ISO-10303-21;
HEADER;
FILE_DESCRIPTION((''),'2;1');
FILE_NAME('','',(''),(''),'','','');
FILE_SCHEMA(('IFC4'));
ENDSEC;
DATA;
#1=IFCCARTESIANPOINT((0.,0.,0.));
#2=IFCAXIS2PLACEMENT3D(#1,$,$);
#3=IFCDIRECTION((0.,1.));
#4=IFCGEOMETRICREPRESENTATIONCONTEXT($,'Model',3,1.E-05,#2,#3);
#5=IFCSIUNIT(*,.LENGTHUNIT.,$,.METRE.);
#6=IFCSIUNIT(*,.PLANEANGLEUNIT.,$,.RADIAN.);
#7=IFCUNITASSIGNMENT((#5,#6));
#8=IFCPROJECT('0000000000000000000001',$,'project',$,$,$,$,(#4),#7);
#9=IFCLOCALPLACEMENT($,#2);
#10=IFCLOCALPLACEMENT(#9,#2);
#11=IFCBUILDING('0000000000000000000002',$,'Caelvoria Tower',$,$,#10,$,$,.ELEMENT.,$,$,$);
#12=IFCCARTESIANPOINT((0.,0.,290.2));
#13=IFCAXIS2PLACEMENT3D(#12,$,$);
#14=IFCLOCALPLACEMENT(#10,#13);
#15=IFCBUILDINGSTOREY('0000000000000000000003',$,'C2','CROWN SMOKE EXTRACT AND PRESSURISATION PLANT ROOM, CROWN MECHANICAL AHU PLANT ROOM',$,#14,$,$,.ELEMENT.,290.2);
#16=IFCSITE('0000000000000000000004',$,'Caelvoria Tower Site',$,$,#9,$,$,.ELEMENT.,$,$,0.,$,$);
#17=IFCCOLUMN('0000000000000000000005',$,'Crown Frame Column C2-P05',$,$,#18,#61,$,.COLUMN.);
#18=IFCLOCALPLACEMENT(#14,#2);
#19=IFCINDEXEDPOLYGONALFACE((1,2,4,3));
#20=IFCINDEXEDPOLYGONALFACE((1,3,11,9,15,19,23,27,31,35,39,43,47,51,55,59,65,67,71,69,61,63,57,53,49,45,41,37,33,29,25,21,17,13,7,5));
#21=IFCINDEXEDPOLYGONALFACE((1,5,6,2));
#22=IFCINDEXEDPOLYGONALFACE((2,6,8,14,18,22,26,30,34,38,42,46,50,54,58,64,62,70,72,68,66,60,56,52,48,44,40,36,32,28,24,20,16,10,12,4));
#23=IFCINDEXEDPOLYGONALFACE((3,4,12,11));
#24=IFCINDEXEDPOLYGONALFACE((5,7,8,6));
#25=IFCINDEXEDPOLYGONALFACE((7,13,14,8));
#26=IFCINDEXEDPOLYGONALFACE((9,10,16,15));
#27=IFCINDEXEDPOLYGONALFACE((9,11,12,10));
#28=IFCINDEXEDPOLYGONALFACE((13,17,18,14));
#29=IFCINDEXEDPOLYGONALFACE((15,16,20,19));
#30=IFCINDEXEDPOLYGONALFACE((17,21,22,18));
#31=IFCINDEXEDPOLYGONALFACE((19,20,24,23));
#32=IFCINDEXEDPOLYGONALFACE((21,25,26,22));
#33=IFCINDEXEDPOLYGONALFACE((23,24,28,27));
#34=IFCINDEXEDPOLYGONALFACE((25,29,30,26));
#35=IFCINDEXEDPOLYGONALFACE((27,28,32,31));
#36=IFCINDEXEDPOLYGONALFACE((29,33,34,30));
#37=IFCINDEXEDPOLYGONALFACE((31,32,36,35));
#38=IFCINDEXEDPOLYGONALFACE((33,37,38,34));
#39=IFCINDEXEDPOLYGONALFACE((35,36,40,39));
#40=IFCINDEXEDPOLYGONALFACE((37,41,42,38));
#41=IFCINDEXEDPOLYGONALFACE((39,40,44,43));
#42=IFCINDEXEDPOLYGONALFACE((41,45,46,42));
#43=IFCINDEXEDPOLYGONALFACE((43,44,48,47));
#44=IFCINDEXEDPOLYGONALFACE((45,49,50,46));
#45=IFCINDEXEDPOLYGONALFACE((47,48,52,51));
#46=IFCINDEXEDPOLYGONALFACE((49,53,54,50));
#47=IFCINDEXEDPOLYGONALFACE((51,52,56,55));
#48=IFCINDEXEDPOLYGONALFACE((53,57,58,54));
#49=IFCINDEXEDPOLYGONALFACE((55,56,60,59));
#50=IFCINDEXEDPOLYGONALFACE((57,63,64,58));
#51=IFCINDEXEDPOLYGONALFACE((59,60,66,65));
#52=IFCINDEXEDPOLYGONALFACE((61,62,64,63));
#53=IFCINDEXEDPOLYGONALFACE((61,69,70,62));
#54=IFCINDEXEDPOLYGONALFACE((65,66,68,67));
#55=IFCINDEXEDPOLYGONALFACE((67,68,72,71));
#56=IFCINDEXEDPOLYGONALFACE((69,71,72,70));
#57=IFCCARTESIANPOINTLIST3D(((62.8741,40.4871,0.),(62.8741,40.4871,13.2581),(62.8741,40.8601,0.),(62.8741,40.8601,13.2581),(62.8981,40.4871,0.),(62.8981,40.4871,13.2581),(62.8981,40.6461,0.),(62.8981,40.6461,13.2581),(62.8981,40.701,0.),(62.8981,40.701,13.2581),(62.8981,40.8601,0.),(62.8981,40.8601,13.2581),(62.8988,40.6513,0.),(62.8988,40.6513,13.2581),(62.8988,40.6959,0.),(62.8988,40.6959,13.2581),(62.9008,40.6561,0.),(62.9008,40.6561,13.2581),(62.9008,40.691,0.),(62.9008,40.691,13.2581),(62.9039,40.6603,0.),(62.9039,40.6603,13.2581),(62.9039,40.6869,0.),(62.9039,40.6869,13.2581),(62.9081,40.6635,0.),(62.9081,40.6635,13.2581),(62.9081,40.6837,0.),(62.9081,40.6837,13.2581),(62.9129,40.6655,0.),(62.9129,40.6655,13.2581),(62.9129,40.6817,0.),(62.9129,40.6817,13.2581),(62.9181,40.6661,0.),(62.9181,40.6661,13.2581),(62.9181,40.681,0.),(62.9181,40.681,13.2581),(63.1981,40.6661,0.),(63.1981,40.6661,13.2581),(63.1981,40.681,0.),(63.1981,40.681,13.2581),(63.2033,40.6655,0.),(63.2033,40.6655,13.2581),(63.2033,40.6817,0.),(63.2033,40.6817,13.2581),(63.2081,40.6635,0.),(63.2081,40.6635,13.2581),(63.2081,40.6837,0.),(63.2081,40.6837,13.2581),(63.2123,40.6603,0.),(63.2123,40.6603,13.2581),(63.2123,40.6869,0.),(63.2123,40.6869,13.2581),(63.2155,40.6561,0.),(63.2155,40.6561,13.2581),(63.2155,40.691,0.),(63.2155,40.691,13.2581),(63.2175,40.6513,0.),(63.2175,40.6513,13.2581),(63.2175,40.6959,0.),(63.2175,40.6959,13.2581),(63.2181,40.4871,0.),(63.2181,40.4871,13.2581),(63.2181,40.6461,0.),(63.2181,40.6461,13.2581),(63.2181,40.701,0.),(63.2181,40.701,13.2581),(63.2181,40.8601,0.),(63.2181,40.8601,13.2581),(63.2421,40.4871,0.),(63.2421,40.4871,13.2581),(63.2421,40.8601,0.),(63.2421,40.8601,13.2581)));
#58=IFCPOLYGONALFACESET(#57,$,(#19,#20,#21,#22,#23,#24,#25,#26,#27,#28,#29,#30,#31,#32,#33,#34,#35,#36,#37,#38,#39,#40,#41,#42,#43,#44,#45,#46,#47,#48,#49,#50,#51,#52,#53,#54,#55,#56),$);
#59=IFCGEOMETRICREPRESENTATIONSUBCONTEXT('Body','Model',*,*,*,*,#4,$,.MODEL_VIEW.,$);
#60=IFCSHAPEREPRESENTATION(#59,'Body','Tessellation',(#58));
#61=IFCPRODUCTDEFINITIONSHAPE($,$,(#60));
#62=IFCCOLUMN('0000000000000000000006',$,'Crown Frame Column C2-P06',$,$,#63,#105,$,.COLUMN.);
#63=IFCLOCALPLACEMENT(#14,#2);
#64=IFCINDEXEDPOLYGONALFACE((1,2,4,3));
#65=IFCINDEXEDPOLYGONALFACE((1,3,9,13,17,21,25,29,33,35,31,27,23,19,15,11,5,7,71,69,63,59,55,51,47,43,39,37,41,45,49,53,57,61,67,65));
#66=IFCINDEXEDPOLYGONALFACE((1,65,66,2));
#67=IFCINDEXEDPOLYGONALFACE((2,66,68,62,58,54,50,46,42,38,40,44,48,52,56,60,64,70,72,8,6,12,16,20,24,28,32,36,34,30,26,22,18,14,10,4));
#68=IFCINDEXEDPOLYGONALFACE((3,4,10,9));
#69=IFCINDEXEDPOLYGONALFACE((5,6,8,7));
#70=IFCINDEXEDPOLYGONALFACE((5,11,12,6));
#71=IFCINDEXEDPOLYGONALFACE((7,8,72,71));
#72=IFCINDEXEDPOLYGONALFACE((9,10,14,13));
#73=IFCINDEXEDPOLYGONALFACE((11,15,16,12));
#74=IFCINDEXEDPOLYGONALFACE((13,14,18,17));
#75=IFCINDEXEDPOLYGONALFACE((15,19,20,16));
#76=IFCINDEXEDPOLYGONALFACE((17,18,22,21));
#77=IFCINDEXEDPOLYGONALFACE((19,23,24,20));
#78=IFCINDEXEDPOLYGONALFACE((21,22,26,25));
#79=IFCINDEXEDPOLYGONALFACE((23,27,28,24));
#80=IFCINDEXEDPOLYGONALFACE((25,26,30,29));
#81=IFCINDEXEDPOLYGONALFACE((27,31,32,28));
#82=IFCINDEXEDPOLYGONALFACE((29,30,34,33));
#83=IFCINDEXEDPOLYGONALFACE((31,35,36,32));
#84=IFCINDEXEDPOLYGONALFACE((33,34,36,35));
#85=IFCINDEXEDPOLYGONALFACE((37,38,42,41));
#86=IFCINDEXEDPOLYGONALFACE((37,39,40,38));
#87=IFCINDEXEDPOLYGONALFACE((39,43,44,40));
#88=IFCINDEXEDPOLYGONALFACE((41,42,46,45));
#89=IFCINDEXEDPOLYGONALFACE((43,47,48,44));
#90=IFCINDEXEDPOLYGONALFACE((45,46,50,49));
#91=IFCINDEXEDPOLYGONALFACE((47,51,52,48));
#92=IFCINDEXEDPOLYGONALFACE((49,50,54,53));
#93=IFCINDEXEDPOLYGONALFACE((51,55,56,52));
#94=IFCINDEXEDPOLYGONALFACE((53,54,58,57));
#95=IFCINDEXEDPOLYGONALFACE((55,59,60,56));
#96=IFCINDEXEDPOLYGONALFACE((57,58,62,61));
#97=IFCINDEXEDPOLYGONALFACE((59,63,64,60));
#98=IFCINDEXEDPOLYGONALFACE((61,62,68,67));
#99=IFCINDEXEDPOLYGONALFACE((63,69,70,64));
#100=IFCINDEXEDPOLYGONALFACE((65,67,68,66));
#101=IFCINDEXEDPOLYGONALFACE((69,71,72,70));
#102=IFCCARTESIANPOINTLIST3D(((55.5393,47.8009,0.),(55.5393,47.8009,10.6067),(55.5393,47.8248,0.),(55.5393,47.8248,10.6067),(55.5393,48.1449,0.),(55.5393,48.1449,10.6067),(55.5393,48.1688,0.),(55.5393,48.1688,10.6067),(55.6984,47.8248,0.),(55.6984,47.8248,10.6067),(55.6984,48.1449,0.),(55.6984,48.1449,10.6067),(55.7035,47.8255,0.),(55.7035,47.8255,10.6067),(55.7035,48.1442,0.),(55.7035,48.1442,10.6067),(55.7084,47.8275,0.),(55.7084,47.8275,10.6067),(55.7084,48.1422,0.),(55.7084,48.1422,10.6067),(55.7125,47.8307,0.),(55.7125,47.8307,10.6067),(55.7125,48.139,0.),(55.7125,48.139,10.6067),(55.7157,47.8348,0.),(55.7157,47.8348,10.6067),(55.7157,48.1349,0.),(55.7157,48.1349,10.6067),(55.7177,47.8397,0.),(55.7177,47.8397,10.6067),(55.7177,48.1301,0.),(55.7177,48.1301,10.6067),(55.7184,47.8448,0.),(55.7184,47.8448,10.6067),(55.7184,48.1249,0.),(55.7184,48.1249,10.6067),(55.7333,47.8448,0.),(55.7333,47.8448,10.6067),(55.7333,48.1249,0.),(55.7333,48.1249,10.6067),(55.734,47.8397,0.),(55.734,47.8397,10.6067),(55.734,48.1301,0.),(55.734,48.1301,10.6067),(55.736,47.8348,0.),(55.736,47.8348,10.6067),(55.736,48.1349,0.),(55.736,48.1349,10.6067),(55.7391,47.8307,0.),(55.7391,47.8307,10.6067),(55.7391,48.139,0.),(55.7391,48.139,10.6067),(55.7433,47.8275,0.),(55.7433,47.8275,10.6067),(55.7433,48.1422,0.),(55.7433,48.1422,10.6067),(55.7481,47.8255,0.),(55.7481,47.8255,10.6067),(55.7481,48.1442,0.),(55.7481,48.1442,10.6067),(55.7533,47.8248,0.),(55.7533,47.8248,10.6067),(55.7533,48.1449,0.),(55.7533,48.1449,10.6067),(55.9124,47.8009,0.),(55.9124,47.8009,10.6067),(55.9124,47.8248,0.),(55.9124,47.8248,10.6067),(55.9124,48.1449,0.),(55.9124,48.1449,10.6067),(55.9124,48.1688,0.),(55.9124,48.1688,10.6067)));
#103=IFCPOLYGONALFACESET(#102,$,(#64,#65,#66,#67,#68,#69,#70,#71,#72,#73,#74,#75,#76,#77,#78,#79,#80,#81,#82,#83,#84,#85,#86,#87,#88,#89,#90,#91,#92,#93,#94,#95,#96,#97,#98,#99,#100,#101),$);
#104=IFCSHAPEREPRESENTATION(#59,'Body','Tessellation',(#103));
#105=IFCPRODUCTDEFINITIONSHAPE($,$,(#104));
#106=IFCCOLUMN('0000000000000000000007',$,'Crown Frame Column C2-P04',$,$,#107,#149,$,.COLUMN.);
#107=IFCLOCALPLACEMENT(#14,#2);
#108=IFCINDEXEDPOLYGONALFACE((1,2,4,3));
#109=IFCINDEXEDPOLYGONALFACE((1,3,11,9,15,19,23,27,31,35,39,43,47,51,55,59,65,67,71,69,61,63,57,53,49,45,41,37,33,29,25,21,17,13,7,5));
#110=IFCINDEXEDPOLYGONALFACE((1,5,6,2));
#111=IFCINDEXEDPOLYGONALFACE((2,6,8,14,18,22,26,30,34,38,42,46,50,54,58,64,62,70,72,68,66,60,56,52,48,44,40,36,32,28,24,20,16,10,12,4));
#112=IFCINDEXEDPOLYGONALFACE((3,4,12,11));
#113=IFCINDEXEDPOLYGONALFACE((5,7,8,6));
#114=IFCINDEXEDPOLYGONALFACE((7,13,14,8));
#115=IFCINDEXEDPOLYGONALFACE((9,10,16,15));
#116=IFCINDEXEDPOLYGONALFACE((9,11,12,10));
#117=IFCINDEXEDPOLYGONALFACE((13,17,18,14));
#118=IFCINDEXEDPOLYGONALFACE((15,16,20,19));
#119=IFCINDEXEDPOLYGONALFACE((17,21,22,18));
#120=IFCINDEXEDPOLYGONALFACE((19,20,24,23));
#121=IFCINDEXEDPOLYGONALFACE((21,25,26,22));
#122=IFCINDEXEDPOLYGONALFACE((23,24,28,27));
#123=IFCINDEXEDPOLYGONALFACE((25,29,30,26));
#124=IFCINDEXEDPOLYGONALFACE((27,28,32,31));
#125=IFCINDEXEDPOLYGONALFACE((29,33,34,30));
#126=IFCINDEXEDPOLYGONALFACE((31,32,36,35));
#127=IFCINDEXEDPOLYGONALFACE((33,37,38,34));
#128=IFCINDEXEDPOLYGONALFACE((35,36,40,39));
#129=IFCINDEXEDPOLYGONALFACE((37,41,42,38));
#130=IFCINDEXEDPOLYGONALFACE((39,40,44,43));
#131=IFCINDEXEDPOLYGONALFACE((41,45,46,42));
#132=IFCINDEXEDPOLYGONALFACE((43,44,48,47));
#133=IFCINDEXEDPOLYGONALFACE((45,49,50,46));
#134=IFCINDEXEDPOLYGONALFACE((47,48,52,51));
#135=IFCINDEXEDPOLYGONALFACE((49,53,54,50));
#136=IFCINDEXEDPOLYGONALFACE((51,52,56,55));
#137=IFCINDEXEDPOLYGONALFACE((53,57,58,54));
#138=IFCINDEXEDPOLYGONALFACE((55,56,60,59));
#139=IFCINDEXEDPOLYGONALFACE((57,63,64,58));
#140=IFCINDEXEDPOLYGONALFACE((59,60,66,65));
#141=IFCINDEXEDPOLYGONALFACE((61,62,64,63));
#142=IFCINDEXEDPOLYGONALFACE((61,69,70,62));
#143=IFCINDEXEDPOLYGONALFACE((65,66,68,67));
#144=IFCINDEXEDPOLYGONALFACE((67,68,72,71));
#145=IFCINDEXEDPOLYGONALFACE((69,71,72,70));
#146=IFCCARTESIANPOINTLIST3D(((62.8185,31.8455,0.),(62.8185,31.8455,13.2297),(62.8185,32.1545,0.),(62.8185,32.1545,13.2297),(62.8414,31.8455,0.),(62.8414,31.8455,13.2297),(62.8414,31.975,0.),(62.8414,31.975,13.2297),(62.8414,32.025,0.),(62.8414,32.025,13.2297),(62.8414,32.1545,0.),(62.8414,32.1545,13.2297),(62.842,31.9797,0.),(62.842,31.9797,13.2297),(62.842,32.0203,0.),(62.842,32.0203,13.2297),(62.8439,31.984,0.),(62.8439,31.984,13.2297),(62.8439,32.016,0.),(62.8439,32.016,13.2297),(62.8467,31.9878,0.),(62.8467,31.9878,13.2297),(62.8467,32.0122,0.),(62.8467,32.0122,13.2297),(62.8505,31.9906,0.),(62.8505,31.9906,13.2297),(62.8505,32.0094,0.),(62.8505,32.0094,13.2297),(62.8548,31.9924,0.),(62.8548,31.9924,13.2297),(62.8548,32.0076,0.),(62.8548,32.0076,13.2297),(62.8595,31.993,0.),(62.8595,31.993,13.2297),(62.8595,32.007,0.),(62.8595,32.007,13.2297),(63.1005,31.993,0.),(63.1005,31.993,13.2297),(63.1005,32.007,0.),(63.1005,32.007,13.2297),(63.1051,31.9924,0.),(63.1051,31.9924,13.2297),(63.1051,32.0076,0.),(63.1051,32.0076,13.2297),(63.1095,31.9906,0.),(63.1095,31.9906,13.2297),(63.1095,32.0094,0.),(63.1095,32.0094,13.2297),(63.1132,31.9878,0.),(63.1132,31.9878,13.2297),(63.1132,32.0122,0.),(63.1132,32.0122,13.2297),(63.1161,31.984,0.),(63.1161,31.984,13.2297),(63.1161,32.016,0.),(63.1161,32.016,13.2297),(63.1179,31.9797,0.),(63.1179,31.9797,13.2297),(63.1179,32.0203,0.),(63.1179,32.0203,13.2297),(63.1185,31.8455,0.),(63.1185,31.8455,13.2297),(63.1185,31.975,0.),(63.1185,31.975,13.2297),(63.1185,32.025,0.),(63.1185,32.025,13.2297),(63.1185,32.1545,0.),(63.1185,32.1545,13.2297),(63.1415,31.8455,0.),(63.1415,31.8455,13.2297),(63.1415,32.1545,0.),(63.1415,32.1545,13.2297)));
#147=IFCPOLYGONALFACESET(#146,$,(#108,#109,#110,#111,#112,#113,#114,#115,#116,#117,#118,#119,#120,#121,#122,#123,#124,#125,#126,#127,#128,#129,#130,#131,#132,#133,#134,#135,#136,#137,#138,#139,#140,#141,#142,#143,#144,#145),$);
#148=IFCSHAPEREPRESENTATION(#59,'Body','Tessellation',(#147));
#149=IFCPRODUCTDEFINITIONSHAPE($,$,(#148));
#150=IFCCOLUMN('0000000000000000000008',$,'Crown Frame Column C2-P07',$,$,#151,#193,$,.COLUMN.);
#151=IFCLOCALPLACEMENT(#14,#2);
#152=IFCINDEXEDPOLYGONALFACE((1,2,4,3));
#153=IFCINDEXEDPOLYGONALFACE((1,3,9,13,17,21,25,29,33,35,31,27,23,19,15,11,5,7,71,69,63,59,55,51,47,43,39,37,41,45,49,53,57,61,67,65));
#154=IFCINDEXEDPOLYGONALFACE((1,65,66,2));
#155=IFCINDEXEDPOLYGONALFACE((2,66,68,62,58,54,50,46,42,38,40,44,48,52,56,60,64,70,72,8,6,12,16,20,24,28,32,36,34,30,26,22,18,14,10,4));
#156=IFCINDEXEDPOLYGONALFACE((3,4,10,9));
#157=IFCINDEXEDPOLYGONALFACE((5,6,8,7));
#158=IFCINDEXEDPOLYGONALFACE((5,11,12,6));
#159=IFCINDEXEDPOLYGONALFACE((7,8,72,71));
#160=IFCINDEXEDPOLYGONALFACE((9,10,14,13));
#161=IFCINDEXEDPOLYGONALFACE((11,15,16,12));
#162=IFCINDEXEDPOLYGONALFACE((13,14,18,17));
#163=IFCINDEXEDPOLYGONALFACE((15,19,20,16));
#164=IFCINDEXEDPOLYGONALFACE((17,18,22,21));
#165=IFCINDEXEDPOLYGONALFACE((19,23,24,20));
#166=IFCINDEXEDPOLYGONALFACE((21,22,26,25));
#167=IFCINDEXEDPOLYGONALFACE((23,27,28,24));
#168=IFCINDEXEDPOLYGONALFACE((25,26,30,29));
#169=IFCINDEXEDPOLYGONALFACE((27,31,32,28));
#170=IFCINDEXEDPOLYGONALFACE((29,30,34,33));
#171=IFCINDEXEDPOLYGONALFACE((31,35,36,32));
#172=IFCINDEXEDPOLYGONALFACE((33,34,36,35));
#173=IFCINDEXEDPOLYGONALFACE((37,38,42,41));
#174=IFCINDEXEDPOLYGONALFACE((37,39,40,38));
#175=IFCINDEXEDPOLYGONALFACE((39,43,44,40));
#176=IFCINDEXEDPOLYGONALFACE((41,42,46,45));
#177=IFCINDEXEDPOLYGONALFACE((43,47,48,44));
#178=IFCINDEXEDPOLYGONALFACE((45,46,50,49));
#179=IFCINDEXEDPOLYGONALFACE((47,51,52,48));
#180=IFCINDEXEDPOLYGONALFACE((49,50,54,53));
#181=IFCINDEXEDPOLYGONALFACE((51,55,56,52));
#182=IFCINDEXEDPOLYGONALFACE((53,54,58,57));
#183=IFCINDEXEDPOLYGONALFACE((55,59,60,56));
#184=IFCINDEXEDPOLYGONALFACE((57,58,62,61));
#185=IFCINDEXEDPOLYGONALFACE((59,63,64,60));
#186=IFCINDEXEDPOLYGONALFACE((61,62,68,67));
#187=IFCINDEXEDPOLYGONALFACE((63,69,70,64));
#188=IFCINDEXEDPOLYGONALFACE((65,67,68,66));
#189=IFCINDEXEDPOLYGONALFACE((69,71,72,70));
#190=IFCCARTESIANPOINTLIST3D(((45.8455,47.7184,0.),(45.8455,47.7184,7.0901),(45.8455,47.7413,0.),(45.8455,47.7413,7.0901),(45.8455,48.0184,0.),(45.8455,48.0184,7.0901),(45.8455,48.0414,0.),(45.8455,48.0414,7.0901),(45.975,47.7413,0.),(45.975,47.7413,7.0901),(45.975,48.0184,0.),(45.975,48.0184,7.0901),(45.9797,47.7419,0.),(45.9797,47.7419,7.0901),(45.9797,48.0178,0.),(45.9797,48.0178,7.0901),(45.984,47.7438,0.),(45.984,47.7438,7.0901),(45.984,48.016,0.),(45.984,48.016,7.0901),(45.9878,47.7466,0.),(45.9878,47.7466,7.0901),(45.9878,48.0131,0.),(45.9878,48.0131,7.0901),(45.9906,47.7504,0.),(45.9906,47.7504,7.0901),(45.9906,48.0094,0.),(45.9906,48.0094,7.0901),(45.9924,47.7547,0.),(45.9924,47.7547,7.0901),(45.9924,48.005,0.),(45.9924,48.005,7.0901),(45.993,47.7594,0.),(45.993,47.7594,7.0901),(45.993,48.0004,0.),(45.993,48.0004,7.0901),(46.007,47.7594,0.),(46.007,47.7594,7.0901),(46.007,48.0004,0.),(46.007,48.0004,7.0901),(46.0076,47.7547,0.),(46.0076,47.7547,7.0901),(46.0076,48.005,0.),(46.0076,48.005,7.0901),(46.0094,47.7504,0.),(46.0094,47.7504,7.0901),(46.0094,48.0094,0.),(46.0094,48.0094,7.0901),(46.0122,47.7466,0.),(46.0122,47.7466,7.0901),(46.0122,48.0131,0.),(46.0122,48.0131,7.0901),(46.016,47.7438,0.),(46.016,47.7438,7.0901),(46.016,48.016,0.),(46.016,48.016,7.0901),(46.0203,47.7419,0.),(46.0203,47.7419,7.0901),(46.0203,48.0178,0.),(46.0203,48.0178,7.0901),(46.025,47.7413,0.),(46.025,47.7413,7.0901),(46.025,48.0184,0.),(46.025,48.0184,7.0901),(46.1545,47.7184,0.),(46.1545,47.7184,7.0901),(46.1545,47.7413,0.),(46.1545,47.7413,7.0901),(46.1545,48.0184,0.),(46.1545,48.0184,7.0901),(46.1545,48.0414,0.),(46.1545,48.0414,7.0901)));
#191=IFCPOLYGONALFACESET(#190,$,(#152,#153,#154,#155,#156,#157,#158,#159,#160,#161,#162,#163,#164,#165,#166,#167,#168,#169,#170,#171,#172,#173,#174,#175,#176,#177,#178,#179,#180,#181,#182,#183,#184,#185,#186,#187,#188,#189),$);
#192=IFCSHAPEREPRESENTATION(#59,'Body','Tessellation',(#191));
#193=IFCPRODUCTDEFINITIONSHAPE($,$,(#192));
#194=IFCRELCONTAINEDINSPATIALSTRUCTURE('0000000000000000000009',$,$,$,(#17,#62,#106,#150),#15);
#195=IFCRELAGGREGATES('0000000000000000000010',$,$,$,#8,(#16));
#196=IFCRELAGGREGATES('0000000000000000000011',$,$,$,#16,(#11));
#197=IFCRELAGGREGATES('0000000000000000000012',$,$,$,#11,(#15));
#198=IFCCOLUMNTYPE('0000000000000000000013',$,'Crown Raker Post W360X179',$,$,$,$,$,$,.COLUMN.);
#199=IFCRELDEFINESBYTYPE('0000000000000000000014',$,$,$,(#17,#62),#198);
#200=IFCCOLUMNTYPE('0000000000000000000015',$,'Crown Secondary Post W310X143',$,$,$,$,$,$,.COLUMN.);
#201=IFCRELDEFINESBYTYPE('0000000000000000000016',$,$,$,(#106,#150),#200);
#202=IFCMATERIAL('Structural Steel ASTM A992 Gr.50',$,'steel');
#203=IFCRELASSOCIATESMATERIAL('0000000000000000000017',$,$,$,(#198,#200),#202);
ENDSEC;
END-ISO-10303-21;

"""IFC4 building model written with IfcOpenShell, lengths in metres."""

from ifc_helpers import new_model, si_unit, direction, frame, origin, origin_2d, place, context, subcontext, project, spatial, i_section, extrude, material, material_profile, profile_set, type_object, element, save


model = new_model("IFC4")

# Units and contexts
model_context = context("Model", 3, precision=1e-05, world=origin(), true_north=direction((0.0, 1.0)))
body_context = subcontext(model_context, "Body", "Model", "MODEL_VIEW")
ifc_project = project(units=[si_unit("LENGTHUNIT", "METRE"), si_unit("PLANEANGLEUNIT", "RADIAN")], contexts=[model_context])

# Site, building, storey
site_placement = place(None, origin())
site = spatial("IfcSite", under=ifc_project, at=site_placement, Name="Caelvoria Tower Site", CompositionType="ELEMENT", RefElevation=0.0)
building_placement = place(site_placement, origin())
building = spatial("IfcBuilding", under=site, at=building_placement, Name="Caelvoria Tower", CompositionType="ELEMENT")
storey_placement = place(building_placement, frame((0.0, 0.0, 290.2)))
storey = spatial("IfcBuildingStorey", under=building, at=storey_placement, Name="C2", Description="CROWN SMOKE EXTRACT AND PRESSURISATION PLANT ROOM, CROWN MECHANICAL AHU PLANT ROOM", CompositionType="ELEMENT", Elevation=290.2)

# Columns
ifc_material_1 = material(Name="Structural Steel ASTM A992 Gr.50", Category="steel")
ifc_material_profile_1 = material_profile(ifc_material_1, i_section(OverallWidth=0.373, OverallDepth=0.3679, WebThickness=0.0149, FlangeThickness=0.0239, FilletRadius=0.02, at=origin_2d()), Name="Structural Steel ASTM A992 Gr.50")
ifc_profile_set_1 = profile_set([ifc_material_profile_1], Name="W360X179 - Structural Steel ASTM A992 Gr.50")
column_type_1 = type_object("IfcColumnType", Name="Crown Raker Post W360X179", PredefinedType="COLUMN", material=ifc_profile_set_1)
column_1_placement = place(storey_placement, frame((63.0581, 40.6736, 0.0), z_axis=(0.0, 0.0, 1.0), x_axis=(0.0, 1.0, 0.0)))
element("IfcColumn", 1, at=column_1_placement, inside=storey, type_object=column_type_1, Name="Crown Frame Column C2-P05", PredefinedType="COLUMN", context=body_context, shape_type="SweptSolid", body=[
    extrude(i_section(OverallWidth=0.373, OverallDepth=0.3679, WebThickness=0.0149, FlangeThickness=0.0239, FilletRadius=0.02, at=origin_2d()), origin(), (0.0, 0.0, 1.0), 13.2581),
])
column_2_placement = place(storey_placement, frame((55.7258, 47.9849, 0.0), z_axis=(0.0, 0.0, 1.0), x_axis=(1.0, 0.0, 0.0)))
element("IfcColumn", 2, at=column_2_placement, inside=storey, type_object=column_type_1, Name="Crown Frame Column C2-P06", PredefinedType="COLUMN", context=body_context, shape_type="SweptSolid", body=[
    extrude(i_section(OverallWidth=0.373, OverallDepth=0.3679, WebThickness=0.0149, FlangeThickness=0.0239, FilletRadius=0.02, at=origin_2d()), origin(), (0.0, 0.0, 1.0), 10.6067),
])
ifc_material_profile_2 = material_profile(ifc_material_1, i_section(OverallWidth=0.3091, OverallDepth=0.323, WebThickness=0.0139, FlangeThickness=0.0229, FilletRadius=0.0181, at=origin_2d()), Name="Structural Steel ASTM A992 Gr.50")
ifc_profile_set_2 = profile_set([ifc_material_profile_2], Name="W310X143 - Structural Steel ASTM A992 Gr.50")
column_type_2 = type_object("IfcColumnType", Name="Crown Secondary Post W310X143", PredefinedType="COLUMN", material=ifc_profile_set_2)
column_3_placement = place(storey_placement, frame((62.98, 32.0, 0.0), z_axis=(0.0, 0.0, 1.0), x_axis=(0.0, 1.0, 0.0)))
element("IfcColumn", 3, at=column_3_placement, inside=storey, type_object=column_type_2, Name="Crown Frame Column C2-P04", PredefinedType="COLUMN", context=body_context, shape_type="SweptSolid", body=[
    extrude(i_section(OverallWidth=0.3091, OverallDepth=0.323, WebThickness=0.0139, FlangeThickness=0.0229, FilletRadius=0.0181, at=origin_2d()), origin(), (0.0, 0.0, 1.0), 13.2297),
])
column_4_placement = place(storey_placement, frame((46.0, 47.8799, 0.0), z_axis=(0.0, 0.0, 1.0), x_axis=(1.0, 0.0, 0.0)))
element("IfcColumn", 4, at=column_4_placement, inside=storey, type_object=column_type_2, Name="Crown Frame Column C2-P07", PredefinedType="COLUMN", context=body_context, shape_type="SweptSolid", body=[
    extrude(i_section(OverallWidth=0.3091, OverallDepth=0.323, WebThickness=0.0139, FlangeThickness=0.0229, FilletRadius=0.0181, at=origin_2d()), origin(), (0.0, 0.0, 1.0), 7.0901),
])

save(model, "model.ifc")
